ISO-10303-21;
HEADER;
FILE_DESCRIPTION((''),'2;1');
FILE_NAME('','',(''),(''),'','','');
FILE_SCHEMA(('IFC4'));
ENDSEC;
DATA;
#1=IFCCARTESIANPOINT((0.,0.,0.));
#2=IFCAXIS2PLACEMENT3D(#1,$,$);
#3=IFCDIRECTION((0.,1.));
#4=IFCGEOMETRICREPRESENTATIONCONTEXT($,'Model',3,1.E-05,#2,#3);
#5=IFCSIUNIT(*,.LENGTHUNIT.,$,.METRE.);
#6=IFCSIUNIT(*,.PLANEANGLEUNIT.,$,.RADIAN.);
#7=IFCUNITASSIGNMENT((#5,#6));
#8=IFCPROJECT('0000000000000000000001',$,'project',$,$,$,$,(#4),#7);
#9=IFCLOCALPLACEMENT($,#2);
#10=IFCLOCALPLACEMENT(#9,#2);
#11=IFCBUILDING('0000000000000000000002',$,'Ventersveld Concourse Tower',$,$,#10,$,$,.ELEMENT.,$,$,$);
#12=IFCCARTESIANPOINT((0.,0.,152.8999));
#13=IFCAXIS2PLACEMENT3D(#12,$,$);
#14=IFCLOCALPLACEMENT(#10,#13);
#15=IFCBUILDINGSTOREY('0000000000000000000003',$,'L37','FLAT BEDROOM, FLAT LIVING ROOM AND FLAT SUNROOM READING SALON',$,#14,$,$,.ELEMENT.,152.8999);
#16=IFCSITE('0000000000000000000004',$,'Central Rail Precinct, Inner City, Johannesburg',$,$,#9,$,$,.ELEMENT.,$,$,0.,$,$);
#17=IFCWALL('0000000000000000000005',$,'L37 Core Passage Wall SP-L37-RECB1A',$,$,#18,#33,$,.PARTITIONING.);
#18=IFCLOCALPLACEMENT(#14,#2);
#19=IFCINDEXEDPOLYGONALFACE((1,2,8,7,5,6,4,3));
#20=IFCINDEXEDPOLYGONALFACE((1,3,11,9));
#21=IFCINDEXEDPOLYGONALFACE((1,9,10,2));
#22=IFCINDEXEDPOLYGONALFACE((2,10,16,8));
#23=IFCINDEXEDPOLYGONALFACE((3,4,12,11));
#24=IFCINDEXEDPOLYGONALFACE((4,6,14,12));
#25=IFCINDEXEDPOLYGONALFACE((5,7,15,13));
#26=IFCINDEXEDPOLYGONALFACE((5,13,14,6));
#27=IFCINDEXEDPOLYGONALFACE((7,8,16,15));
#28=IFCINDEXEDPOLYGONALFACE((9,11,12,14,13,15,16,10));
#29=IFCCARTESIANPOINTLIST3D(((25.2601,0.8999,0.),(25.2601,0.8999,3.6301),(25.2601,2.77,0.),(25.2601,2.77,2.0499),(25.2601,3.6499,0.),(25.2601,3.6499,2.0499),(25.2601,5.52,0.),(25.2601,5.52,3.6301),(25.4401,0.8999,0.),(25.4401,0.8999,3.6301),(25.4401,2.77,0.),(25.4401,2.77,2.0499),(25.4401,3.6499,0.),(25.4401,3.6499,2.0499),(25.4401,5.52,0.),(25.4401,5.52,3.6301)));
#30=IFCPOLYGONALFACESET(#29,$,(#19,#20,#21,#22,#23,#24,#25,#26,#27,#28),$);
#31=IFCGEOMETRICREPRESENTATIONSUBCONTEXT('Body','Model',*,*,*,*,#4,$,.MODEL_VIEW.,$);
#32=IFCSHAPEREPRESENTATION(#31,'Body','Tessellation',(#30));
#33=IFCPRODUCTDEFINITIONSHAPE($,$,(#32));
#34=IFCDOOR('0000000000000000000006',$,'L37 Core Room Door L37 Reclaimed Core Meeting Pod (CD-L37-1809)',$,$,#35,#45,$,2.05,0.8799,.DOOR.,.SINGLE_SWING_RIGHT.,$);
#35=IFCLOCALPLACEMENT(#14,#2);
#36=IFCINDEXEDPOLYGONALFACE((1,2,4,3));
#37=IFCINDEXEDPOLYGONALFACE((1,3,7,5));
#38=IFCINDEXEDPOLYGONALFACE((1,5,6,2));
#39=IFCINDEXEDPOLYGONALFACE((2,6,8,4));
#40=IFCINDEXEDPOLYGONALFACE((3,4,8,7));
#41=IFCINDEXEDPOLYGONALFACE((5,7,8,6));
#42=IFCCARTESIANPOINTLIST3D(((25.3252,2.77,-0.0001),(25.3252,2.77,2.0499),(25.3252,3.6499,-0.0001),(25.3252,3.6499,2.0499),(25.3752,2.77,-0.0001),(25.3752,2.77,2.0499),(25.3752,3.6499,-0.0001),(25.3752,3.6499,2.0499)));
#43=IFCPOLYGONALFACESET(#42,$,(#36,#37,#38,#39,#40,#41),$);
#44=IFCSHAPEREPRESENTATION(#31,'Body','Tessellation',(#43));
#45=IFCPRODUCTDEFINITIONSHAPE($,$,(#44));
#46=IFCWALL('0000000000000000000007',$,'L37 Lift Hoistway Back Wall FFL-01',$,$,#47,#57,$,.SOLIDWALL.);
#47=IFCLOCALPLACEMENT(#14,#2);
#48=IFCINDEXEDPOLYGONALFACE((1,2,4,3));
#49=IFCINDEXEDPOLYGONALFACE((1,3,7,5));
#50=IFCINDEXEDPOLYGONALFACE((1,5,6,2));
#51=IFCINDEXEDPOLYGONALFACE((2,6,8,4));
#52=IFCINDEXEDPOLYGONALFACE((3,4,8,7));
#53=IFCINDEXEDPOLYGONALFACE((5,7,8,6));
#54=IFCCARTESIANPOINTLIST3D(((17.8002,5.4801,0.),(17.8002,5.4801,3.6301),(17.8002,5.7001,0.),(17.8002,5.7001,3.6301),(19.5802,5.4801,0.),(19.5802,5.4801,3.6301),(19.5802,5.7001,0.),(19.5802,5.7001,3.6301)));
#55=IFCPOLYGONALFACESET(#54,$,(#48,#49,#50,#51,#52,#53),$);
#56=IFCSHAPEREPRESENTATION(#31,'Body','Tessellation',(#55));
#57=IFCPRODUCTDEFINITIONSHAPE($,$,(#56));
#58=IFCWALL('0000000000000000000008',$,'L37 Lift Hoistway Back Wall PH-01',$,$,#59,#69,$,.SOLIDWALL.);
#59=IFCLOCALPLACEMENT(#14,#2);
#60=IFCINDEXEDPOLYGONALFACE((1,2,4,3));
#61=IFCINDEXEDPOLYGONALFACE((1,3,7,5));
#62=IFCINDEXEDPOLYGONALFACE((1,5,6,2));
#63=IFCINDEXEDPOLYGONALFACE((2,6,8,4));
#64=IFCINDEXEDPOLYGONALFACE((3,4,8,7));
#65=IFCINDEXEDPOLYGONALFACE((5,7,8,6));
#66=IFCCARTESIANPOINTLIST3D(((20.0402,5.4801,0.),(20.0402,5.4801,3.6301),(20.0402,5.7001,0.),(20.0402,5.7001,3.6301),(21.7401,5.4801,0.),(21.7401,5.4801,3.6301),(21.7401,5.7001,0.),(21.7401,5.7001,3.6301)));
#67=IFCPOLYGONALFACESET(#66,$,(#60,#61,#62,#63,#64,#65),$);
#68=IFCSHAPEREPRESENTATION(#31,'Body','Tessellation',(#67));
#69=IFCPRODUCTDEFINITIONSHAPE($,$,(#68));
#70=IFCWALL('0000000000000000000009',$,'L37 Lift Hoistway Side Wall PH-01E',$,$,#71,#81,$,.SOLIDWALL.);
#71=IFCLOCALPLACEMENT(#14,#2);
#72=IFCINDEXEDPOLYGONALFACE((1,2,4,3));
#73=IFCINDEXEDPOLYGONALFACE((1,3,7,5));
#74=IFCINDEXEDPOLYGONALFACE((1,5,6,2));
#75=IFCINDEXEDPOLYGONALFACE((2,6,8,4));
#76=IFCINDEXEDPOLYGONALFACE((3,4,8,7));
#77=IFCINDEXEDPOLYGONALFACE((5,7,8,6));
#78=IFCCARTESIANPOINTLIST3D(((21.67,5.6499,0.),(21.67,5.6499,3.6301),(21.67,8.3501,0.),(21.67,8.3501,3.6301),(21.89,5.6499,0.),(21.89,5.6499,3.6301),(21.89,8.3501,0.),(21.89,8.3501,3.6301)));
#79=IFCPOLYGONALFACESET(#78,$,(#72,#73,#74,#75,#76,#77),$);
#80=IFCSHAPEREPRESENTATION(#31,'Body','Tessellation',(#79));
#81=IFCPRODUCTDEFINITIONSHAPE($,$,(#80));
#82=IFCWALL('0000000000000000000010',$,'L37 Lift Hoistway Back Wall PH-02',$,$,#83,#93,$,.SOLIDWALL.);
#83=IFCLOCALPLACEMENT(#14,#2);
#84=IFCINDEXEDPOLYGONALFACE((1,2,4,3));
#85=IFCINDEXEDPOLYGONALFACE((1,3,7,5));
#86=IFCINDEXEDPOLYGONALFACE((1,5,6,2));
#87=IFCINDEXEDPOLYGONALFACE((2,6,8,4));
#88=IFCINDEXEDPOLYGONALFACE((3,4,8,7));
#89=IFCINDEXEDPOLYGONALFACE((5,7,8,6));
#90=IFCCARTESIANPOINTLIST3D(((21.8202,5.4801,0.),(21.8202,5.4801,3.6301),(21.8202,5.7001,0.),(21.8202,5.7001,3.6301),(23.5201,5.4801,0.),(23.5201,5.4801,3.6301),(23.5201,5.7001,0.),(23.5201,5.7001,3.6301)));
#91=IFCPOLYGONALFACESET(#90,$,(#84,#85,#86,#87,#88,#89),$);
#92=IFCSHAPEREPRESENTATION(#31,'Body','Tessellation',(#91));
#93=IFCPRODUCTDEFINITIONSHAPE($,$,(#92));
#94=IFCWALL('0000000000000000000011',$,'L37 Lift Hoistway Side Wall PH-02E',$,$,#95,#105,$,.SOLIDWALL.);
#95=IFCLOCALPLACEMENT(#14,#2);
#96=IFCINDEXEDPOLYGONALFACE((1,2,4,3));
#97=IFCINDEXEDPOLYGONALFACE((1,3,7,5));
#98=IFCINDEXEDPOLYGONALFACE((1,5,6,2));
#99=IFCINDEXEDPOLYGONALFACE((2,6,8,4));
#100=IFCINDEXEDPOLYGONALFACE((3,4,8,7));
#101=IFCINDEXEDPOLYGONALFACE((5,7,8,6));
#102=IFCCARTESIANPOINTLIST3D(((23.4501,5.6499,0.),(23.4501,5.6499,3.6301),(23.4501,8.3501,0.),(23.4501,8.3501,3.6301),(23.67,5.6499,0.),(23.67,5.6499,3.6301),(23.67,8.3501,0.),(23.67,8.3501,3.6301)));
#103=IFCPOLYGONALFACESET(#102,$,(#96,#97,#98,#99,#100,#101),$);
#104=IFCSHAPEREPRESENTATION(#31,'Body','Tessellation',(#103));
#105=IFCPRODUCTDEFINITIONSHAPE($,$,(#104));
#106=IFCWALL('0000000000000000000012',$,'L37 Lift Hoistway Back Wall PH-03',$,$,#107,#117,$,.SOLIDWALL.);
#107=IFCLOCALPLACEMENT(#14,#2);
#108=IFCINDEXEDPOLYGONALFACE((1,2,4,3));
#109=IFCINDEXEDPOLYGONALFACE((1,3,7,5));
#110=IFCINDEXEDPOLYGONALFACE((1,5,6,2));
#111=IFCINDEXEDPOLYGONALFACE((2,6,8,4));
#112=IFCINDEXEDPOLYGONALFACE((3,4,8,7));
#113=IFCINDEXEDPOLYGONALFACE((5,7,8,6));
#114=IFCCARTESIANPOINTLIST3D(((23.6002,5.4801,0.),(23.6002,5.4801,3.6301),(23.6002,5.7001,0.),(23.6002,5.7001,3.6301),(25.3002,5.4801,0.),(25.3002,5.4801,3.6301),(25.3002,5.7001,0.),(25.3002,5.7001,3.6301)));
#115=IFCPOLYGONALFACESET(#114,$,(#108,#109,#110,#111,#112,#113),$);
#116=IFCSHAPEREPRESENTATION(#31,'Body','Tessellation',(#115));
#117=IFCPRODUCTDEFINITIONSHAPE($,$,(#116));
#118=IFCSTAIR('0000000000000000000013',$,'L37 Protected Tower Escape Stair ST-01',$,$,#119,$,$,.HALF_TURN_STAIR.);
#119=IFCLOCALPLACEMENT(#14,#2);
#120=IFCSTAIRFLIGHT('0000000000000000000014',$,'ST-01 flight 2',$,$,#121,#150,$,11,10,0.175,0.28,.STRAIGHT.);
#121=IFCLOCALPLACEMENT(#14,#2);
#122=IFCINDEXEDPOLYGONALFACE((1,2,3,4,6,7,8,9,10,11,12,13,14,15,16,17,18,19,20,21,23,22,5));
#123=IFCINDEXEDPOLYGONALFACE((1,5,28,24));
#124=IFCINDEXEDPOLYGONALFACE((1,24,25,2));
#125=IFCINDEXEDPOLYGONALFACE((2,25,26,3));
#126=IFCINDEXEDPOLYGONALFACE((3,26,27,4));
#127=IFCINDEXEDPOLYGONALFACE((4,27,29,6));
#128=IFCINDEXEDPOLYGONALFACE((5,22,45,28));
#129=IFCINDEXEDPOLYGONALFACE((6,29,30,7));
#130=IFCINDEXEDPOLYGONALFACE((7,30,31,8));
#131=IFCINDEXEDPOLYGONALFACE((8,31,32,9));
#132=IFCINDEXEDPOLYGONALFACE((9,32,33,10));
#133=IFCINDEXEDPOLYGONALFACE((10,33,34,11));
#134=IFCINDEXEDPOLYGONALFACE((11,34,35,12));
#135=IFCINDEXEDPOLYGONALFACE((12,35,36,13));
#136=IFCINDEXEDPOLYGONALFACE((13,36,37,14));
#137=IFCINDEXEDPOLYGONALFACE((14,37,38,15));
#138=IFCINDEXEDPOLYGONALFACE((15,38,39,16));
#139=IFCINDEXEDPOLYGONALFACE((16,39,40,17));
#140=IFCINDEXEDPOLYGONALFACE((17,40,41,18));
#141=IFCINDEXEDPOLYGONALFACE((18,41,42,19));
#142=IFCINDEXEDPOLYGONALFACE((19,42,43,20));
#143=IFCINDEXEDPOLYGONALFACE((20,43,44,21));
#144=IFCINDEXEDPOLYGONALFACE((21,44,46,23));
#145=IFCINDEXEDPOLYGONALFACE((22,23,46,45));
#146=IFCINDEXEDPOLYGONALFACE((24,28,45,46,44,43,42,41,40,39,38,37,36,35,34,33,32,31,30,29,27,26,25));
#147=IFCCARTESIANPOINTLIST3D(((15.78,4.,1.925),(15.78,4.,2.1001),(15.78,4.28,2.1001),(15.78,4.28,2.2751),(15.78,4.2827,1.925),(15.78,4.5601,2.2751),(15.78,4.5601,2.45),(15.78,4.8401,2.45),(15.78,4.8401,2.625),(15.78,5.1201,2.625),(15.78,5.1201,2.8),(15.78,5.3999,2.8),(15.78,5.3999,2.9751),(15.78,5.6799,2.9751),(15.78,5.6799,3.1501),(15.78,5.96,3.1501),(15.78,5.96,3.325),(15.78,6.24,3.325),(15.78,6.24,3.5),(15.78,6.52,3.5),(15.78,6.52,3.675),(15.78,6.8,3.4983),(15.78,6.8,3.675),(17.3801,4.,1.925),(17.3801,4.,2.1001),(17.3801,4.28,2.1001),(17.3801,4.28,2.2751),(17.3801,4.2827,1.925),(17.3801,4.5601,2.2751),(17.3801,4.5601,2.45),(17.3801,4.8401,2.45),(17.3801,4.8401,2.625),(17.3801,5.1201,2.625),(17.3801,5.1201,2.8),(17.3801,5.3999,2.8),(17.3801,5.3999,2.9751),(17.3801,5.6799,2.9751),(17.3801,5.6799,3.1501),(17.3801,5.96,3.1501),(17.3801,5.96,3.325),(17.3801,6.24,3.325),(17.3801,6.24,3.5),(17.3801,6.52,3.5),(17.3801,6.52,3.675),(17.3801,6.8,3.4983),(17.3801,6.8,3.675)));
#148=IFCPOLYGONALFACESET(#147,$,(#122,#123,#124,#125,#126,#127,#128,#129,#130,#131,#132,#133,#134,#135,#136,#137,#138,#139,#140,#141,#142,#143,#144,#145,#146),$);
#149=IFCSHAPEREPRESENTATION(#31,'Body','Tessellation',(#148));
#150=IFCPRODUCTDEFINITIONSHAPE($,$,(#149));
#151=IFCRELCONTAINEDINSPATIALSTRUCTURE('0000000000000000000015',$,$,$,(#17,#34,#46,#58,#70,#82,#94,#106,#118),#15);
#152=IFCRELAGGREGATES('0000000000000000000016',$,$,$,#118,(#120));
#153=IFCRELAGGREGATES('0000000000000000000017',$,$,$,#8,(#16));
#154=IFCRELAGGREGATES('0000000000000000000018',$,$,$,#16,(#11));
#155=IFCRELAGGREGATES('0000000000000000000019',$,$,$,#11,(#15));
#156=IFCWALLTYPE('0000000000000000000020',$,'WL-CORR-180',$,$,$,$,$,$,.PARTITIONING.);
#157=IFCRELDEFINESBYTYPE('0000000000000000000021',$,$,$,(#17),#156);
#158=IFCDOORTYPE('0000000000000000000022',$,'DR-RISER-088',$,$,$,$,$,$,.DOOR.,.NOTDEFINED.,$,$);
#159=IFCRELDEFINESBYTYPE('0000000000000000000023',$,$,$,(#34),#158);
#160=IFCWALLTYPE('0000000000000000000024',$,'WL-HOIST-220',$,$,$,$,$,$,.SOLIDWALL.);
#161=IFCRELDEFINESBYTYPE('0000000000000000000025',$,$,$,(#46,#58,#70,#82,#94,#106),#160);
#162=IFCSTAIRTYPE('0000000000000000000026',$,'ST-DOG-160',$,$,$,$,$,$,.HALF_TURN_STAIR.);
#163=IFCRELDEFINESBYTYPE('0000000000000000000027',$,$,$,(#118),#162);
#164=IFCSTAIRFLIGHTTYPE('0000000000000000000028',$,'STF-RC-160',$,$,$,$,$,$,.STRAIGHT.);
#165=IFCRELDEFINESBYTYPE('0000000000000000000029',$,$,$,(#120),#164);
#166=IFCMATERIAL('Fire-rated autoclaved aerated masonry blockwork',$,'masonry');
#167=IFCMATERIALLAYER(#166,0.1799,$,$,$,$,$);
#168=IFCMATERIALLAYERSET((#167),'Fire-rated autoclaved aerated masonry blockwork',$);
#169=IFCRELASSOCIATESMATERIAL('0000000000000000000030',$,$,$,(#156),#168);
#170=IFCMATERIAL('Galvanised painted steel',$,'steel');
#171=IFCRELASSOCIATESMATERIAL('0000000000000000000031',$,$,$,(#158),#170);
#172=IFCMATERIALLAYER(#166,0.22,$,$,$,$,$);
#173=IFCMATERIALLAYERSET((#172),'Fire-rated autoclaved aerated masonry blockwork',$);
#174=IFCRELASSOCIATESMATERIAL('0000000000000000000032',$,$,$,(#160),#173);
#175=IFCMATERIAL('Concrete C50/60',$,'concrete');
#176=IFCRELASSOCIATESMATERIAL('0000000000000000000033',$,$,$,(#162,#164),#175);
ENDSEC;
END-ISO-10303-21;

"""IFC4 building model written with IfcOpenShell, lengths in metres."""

from ifc_helpers import new_model, si_unit, direction, frame, frame_2d, origin, place, context, subcontext, project, spatial, polyline, rectangle, outline, extrude, material, layer, layer_set, type_object, element, fill, aggregate, save


model = new_model("IFC4")

# Units and contexts
model_context = context("Model", 3, precision=1e-05, world=origin(), true_north=direction((0.0, 1.0)))
body_context = subcontext(model_context, "Body", "Model", "MODEL_VIEW")
ifc_project = project(units=[si_unit("LENGTHUNIT", "METRE"), si_unit("PLANEANGLEUNIT", "RADIAN")], contexts=[model_context])

# Site, building, storey
site_placement = place(None, origin())
site = spatial("IfcSite", under=ifc_project, at=site_placement, Name="Central Rail Precinct, Inner City, Johannesburg", CompositionType="ELEMENT", RefElevation=0.0)
building_placement = place(site_placement, origin())
building = spatial("IfcBuilding", under=site, at=building_placement, Name="Ventersveld Concourse Tower", CompositionType="ELEMENT")
storey_placement = place(building_placement, frame((0.0, 0.0, 152.8999)))
storey = spatial("IfcBuildingStorey", under=building, at=storey_placement, Name="L37", Description="FLAT BEDROOM, FLAT LIVING ROOM AND FLAT SUNROOM READING SALON", CompositionType="ELEMENT", Elevation=152.8999)

# Shared definitions
ifc_material_1 = material(Name="Concrete C50/60", Category="concrete")

# Wall, opening, door
ifc_material_2 = material(Name="Fire-rated autoclaved aerated masonry blockwork", Category="masonry")
ifc_layer_1 = layer(ifc_material_2, 0.1799)
ifc_layer_set_1 = layer_set([ifc_layer_1], Name="Fire-rated autoclaved aerated masonry blockwork")
wall_type_1 = type_object("IfcWallType", Name="WL-CORR-180", PredefinedType="PARTITIONING", material=ifc_layer_set_1)
wall_1_placement = place(storey_placement, frame((25.3501, 0.8999, 0.0), z_axis=(0.0, 0.0, 1.0), x_axis=(0.0, 1.0, 0.0)))
wall_1 = element("IfcWall", 1, at=wall_1_placement, inside=storey, type_object=wall_type_1, Name="L37 Core Passage Wall SP-L37-RECB1A", PredefinedType="PARTITIONING", context=body_context, shape_type="SweptSolid", body=[
    extrude(rectangle(XDim=4.6201, YDim=0.1799, at=frame_2d((2.3101, 0.0))), origin(), (0.0, 0.0, 1.0), 3.6301),
])
opening_placement = place(wall_1_placement, frame((1.8701, 0.0, 0.0)))
opening = element("IfcOpeningElement", 2, at=opening_placement, cuts=wall_1, PredefinedType="OPENING", context=body_context, shape_type="SweptSolid", body=[
    extrude(rectangle(XDim=0.8799, YDim=2.05, at=frame_2d((0.4399, 1.0249))), frame((0.0, 0.1001, 0.0), z_axis=(0.0, -1.0, 0.0), x_axis=(1.0, 0.0, 0.0)), (0.0, 0.0, 1.0), 0.2),
])
ifc_material_3 = material(Name="Galvanised painted steel", Category="steel")
door_type = type_object("IfcDoorType", Name="DR-RISER-088", OperationType="NOTDEFINED", PredefinedType="DOOR", material=ifc_material_3)
door_placement = place(opening_placement, origin())
door = element("IfcDoor", 3, at=door_placement, inside=storey, type_object=door_type, Name="L37 Core Room Door L37 Reclaimed Core Meeting Pod (CD-L37-1809)", OperationType="SINGLE_SWING_RIGHT", OverallHeight=2.05, OverallWidth=0.8799, PredefinedType="DOOR", context=body_context, shape_type="SweptSolid", body=[
    extrude(rectangle(XDim=0.8799, YDim=2.05, at=frame_2d((0.4399, 1.0249))), frame((0.0, 0.0249, 0.0), z_axis=(0.0, -1.0, 0.0), x_axis=(1.0, 0.0, 0.0)), (0.0, 0.0, 1.0), 0.05),
])
fill(opening, door)

# Walls
ifc_layer_2 = layer(ifc_material_2, 0.22)
ifc_layer_set_2 = layer_set([ifc_layer_2], Name="Fire-rated autoclaved aerated masonry blockwork")
wall_type_2 = type_object("IfcWallType", Name="WL-HOIST-220", PredefinedType="SOLIDWALL", material=ifc_layer_set_2)
wall_2_placement = place(storey_placement, frame((17.8, 5.5901, 0.0), z_axis=(0.0, 0.0, 1.0), x_axis=(1.0, 0.0, 0.0)))
element("IfcWall", 4, at=wall_2_placement, inside=storey, type_object=wall_type_2, Name="L37 Lift Hoistway Back Wall FFL-01", PredefinedType="SOLIDWALL", context=body_context, shape_type="SweptSolid", body=[
    extrude(rectangle(XDim=1.78, YDim=0.22, at=frame_2d((0.8901, 0.0))), origin(), (0.0, 0.0, 1.0), 3.6301),
])
wall_3_placement = place(storey_placement, frame((20.04, 5.5901, 0.0), z_axis=(0.0, 0.0, 1.0), x_axis=(1.0, 0.0, 0.0)))
element("IfcWall", 5, at=wall_3_placement, inside=storey, type_object=wall_type_2, Name="L37 Lift Hoistway Back Wall PH-01", PredefinedType="SOLIDWALL", context=body_context, shape_type="SweptSolid", body=[
    extrude(rectangle(XDim=1.7, YDim=0.22, at=frame_2d((0.8501, 0.0))), origin(), (0.0, 0.0, 1.0), 3.6301),
])
wall_4_placement = place(storey_placement, frame((21.78, 5.6499, 0.0), z_axis=(0.0, 0.0, 1.0), x_axis=(0.0, 1.0, 0.0)))
element("IfcWall", 6, at=wall_4_placement, inside=storey, type_object=wall_type_2, Name="L37 Lift Hoistway Side Wall PH-01E", PredefinedType="SOLIDWALL", context=body_context, shape_type="SweptSolid", body=[
    extrude(rectangle(XDim=2.7002, YDim=0.22, at=frame_2d((1.3501, 0.0))), origin(), (0.0, 0.0, 1.0), 3.6301),
])
wall_5_placement = place(storey_placement, frame((21.8201, 5.5901, 0.0), z_axis=(0.0, 0.0, 1.0), x_axis=(1.0, 0.0, 0.0)))
element("IfcWall", 7, at=wall_5_placement, inside=storey, type_object=wall_type_2, Name="L37 Lift Hoistway Back Wall PH-02", PredefinedType="SOLIDWALL", context=body_context, shape_type="SweptSolid", body=[
    extrude(rectangle(XDim=1.7, YDim=0.22, at=frame_2d((0.8501, 0.0))), origin(), (0.0, 0.0, 1.0), 3.6301),
])
wall_6_placement = place(storey_placement, frame((23.5601, 5.6499, 0.0), z_axis=(0.0, 0.0, 1.0), x_axis=(0.0, 1.0, 0.0)))
element("IfcWall", 8, at=wall_6_placement, inside=storey, type_object=wall_type_2, Name="L37 Lift Hoistway Side Wall PH-02E", PredefinedType="SOLIDWALL", context=body_context, shape_type="SweptSolid", body=[
    extrude(rectangle(XDim=2.7002, YDim=0.22, at=frame_2d((1.3501, 0.0))), origin(), (0.0, 0.0, 1.0), 3.6301),
])
wall_7_placement = place(storey_placement, frame((23.6001, 5.5901, 0.0), z_axis=(0.0, 0.0, 1.0), x_axis=(1.0, 0.0, 0.0)))
element("IfcWall", 9, at=wall_7_placement, inside=storey, type_object=wall_type_2, Name="L37 Lift Hoistway Back Wall PH-03", PredefinedType="SOLIDWALL", context=body_context, shape_type="SweptSolid", body=[
    extrude(rectangle(XDim=1.7, YDim=0.22, at=frame_2d((0.8501, 0.0))), origin(), (0.0, 0.0, 1.0), 3.6301),
])

# Stair, stair flight
stair_type = type_object("IfcStairType", Name="ST-DOG-160", PredefinedType="HALF_TURN_STAIR", material=ifc_material_1)
stair_placement = place(storey_placement, origin())
stair = element("IfcStair", 10, at=stair_placement, inside=storey, type_object=stair_type, Name="L37 Protected Tower Escape Stair ST-01", PredefinedType="HALF_TURN_STAIR")
stair_flight_type = type_object("IfcStairFlightType", Name="STF-RC-160", PredefinedType="STRAIGHT", material=ifc_material_1)
stair_flight_placement = place(storey_placement, frame((16.5801, 4.0, 1.925), z_axis=(0.0, 0.0, 1.0), x_axis=(0.0, 1.0, 0.0)))
stair_flight = element("IfcStairFlight", 11, at=stair_flight_placement, type_object=stair_flight_type, Name="ST-01 flight 2", NumberOfRisers=11, NumberOfTreads=10, PredefinedType="STRAIGHT", RiserHeight=0.175, TreadLength=0.28, context=body_context, shape_type="SweptSolid", body=[
    extrude(outline(polyline([(0.0, 0.0), (0.0, 0.175), (0.28, 0.175), (0.28, 0.3501), (0.5601, 0.3501), (0.5601, 0.5249), (0.8401, 0.5249), (0.8401, 0.7), (1.1201, 0.7), (1.1201, 0.875), (1.3999, 0.875), (1.3999, 1.05), (1.6799, 1.05), (1.6799, 1.2251), (1.96, 1.2251), (1.96, 1.3999), (2.24, 1.3999), (2.24, 1.575), (2.52, 1.575), (2.52, 1.75), (2.8, 1.75), (2.8, 1.925), (2.8, 1.5732), (0.2827, 0.0), (0.0, 0.0)])), frame((0.0, 0.8, 0.0), z_axis=(0.0, -1.0, 0.0), x_axis=(1.0, 0.0, 0.0)), (0.0, 0.0, 1.0), 1.6001),
])
aggregate(stair, [stair_flight])

save(model, "model.ifc")
